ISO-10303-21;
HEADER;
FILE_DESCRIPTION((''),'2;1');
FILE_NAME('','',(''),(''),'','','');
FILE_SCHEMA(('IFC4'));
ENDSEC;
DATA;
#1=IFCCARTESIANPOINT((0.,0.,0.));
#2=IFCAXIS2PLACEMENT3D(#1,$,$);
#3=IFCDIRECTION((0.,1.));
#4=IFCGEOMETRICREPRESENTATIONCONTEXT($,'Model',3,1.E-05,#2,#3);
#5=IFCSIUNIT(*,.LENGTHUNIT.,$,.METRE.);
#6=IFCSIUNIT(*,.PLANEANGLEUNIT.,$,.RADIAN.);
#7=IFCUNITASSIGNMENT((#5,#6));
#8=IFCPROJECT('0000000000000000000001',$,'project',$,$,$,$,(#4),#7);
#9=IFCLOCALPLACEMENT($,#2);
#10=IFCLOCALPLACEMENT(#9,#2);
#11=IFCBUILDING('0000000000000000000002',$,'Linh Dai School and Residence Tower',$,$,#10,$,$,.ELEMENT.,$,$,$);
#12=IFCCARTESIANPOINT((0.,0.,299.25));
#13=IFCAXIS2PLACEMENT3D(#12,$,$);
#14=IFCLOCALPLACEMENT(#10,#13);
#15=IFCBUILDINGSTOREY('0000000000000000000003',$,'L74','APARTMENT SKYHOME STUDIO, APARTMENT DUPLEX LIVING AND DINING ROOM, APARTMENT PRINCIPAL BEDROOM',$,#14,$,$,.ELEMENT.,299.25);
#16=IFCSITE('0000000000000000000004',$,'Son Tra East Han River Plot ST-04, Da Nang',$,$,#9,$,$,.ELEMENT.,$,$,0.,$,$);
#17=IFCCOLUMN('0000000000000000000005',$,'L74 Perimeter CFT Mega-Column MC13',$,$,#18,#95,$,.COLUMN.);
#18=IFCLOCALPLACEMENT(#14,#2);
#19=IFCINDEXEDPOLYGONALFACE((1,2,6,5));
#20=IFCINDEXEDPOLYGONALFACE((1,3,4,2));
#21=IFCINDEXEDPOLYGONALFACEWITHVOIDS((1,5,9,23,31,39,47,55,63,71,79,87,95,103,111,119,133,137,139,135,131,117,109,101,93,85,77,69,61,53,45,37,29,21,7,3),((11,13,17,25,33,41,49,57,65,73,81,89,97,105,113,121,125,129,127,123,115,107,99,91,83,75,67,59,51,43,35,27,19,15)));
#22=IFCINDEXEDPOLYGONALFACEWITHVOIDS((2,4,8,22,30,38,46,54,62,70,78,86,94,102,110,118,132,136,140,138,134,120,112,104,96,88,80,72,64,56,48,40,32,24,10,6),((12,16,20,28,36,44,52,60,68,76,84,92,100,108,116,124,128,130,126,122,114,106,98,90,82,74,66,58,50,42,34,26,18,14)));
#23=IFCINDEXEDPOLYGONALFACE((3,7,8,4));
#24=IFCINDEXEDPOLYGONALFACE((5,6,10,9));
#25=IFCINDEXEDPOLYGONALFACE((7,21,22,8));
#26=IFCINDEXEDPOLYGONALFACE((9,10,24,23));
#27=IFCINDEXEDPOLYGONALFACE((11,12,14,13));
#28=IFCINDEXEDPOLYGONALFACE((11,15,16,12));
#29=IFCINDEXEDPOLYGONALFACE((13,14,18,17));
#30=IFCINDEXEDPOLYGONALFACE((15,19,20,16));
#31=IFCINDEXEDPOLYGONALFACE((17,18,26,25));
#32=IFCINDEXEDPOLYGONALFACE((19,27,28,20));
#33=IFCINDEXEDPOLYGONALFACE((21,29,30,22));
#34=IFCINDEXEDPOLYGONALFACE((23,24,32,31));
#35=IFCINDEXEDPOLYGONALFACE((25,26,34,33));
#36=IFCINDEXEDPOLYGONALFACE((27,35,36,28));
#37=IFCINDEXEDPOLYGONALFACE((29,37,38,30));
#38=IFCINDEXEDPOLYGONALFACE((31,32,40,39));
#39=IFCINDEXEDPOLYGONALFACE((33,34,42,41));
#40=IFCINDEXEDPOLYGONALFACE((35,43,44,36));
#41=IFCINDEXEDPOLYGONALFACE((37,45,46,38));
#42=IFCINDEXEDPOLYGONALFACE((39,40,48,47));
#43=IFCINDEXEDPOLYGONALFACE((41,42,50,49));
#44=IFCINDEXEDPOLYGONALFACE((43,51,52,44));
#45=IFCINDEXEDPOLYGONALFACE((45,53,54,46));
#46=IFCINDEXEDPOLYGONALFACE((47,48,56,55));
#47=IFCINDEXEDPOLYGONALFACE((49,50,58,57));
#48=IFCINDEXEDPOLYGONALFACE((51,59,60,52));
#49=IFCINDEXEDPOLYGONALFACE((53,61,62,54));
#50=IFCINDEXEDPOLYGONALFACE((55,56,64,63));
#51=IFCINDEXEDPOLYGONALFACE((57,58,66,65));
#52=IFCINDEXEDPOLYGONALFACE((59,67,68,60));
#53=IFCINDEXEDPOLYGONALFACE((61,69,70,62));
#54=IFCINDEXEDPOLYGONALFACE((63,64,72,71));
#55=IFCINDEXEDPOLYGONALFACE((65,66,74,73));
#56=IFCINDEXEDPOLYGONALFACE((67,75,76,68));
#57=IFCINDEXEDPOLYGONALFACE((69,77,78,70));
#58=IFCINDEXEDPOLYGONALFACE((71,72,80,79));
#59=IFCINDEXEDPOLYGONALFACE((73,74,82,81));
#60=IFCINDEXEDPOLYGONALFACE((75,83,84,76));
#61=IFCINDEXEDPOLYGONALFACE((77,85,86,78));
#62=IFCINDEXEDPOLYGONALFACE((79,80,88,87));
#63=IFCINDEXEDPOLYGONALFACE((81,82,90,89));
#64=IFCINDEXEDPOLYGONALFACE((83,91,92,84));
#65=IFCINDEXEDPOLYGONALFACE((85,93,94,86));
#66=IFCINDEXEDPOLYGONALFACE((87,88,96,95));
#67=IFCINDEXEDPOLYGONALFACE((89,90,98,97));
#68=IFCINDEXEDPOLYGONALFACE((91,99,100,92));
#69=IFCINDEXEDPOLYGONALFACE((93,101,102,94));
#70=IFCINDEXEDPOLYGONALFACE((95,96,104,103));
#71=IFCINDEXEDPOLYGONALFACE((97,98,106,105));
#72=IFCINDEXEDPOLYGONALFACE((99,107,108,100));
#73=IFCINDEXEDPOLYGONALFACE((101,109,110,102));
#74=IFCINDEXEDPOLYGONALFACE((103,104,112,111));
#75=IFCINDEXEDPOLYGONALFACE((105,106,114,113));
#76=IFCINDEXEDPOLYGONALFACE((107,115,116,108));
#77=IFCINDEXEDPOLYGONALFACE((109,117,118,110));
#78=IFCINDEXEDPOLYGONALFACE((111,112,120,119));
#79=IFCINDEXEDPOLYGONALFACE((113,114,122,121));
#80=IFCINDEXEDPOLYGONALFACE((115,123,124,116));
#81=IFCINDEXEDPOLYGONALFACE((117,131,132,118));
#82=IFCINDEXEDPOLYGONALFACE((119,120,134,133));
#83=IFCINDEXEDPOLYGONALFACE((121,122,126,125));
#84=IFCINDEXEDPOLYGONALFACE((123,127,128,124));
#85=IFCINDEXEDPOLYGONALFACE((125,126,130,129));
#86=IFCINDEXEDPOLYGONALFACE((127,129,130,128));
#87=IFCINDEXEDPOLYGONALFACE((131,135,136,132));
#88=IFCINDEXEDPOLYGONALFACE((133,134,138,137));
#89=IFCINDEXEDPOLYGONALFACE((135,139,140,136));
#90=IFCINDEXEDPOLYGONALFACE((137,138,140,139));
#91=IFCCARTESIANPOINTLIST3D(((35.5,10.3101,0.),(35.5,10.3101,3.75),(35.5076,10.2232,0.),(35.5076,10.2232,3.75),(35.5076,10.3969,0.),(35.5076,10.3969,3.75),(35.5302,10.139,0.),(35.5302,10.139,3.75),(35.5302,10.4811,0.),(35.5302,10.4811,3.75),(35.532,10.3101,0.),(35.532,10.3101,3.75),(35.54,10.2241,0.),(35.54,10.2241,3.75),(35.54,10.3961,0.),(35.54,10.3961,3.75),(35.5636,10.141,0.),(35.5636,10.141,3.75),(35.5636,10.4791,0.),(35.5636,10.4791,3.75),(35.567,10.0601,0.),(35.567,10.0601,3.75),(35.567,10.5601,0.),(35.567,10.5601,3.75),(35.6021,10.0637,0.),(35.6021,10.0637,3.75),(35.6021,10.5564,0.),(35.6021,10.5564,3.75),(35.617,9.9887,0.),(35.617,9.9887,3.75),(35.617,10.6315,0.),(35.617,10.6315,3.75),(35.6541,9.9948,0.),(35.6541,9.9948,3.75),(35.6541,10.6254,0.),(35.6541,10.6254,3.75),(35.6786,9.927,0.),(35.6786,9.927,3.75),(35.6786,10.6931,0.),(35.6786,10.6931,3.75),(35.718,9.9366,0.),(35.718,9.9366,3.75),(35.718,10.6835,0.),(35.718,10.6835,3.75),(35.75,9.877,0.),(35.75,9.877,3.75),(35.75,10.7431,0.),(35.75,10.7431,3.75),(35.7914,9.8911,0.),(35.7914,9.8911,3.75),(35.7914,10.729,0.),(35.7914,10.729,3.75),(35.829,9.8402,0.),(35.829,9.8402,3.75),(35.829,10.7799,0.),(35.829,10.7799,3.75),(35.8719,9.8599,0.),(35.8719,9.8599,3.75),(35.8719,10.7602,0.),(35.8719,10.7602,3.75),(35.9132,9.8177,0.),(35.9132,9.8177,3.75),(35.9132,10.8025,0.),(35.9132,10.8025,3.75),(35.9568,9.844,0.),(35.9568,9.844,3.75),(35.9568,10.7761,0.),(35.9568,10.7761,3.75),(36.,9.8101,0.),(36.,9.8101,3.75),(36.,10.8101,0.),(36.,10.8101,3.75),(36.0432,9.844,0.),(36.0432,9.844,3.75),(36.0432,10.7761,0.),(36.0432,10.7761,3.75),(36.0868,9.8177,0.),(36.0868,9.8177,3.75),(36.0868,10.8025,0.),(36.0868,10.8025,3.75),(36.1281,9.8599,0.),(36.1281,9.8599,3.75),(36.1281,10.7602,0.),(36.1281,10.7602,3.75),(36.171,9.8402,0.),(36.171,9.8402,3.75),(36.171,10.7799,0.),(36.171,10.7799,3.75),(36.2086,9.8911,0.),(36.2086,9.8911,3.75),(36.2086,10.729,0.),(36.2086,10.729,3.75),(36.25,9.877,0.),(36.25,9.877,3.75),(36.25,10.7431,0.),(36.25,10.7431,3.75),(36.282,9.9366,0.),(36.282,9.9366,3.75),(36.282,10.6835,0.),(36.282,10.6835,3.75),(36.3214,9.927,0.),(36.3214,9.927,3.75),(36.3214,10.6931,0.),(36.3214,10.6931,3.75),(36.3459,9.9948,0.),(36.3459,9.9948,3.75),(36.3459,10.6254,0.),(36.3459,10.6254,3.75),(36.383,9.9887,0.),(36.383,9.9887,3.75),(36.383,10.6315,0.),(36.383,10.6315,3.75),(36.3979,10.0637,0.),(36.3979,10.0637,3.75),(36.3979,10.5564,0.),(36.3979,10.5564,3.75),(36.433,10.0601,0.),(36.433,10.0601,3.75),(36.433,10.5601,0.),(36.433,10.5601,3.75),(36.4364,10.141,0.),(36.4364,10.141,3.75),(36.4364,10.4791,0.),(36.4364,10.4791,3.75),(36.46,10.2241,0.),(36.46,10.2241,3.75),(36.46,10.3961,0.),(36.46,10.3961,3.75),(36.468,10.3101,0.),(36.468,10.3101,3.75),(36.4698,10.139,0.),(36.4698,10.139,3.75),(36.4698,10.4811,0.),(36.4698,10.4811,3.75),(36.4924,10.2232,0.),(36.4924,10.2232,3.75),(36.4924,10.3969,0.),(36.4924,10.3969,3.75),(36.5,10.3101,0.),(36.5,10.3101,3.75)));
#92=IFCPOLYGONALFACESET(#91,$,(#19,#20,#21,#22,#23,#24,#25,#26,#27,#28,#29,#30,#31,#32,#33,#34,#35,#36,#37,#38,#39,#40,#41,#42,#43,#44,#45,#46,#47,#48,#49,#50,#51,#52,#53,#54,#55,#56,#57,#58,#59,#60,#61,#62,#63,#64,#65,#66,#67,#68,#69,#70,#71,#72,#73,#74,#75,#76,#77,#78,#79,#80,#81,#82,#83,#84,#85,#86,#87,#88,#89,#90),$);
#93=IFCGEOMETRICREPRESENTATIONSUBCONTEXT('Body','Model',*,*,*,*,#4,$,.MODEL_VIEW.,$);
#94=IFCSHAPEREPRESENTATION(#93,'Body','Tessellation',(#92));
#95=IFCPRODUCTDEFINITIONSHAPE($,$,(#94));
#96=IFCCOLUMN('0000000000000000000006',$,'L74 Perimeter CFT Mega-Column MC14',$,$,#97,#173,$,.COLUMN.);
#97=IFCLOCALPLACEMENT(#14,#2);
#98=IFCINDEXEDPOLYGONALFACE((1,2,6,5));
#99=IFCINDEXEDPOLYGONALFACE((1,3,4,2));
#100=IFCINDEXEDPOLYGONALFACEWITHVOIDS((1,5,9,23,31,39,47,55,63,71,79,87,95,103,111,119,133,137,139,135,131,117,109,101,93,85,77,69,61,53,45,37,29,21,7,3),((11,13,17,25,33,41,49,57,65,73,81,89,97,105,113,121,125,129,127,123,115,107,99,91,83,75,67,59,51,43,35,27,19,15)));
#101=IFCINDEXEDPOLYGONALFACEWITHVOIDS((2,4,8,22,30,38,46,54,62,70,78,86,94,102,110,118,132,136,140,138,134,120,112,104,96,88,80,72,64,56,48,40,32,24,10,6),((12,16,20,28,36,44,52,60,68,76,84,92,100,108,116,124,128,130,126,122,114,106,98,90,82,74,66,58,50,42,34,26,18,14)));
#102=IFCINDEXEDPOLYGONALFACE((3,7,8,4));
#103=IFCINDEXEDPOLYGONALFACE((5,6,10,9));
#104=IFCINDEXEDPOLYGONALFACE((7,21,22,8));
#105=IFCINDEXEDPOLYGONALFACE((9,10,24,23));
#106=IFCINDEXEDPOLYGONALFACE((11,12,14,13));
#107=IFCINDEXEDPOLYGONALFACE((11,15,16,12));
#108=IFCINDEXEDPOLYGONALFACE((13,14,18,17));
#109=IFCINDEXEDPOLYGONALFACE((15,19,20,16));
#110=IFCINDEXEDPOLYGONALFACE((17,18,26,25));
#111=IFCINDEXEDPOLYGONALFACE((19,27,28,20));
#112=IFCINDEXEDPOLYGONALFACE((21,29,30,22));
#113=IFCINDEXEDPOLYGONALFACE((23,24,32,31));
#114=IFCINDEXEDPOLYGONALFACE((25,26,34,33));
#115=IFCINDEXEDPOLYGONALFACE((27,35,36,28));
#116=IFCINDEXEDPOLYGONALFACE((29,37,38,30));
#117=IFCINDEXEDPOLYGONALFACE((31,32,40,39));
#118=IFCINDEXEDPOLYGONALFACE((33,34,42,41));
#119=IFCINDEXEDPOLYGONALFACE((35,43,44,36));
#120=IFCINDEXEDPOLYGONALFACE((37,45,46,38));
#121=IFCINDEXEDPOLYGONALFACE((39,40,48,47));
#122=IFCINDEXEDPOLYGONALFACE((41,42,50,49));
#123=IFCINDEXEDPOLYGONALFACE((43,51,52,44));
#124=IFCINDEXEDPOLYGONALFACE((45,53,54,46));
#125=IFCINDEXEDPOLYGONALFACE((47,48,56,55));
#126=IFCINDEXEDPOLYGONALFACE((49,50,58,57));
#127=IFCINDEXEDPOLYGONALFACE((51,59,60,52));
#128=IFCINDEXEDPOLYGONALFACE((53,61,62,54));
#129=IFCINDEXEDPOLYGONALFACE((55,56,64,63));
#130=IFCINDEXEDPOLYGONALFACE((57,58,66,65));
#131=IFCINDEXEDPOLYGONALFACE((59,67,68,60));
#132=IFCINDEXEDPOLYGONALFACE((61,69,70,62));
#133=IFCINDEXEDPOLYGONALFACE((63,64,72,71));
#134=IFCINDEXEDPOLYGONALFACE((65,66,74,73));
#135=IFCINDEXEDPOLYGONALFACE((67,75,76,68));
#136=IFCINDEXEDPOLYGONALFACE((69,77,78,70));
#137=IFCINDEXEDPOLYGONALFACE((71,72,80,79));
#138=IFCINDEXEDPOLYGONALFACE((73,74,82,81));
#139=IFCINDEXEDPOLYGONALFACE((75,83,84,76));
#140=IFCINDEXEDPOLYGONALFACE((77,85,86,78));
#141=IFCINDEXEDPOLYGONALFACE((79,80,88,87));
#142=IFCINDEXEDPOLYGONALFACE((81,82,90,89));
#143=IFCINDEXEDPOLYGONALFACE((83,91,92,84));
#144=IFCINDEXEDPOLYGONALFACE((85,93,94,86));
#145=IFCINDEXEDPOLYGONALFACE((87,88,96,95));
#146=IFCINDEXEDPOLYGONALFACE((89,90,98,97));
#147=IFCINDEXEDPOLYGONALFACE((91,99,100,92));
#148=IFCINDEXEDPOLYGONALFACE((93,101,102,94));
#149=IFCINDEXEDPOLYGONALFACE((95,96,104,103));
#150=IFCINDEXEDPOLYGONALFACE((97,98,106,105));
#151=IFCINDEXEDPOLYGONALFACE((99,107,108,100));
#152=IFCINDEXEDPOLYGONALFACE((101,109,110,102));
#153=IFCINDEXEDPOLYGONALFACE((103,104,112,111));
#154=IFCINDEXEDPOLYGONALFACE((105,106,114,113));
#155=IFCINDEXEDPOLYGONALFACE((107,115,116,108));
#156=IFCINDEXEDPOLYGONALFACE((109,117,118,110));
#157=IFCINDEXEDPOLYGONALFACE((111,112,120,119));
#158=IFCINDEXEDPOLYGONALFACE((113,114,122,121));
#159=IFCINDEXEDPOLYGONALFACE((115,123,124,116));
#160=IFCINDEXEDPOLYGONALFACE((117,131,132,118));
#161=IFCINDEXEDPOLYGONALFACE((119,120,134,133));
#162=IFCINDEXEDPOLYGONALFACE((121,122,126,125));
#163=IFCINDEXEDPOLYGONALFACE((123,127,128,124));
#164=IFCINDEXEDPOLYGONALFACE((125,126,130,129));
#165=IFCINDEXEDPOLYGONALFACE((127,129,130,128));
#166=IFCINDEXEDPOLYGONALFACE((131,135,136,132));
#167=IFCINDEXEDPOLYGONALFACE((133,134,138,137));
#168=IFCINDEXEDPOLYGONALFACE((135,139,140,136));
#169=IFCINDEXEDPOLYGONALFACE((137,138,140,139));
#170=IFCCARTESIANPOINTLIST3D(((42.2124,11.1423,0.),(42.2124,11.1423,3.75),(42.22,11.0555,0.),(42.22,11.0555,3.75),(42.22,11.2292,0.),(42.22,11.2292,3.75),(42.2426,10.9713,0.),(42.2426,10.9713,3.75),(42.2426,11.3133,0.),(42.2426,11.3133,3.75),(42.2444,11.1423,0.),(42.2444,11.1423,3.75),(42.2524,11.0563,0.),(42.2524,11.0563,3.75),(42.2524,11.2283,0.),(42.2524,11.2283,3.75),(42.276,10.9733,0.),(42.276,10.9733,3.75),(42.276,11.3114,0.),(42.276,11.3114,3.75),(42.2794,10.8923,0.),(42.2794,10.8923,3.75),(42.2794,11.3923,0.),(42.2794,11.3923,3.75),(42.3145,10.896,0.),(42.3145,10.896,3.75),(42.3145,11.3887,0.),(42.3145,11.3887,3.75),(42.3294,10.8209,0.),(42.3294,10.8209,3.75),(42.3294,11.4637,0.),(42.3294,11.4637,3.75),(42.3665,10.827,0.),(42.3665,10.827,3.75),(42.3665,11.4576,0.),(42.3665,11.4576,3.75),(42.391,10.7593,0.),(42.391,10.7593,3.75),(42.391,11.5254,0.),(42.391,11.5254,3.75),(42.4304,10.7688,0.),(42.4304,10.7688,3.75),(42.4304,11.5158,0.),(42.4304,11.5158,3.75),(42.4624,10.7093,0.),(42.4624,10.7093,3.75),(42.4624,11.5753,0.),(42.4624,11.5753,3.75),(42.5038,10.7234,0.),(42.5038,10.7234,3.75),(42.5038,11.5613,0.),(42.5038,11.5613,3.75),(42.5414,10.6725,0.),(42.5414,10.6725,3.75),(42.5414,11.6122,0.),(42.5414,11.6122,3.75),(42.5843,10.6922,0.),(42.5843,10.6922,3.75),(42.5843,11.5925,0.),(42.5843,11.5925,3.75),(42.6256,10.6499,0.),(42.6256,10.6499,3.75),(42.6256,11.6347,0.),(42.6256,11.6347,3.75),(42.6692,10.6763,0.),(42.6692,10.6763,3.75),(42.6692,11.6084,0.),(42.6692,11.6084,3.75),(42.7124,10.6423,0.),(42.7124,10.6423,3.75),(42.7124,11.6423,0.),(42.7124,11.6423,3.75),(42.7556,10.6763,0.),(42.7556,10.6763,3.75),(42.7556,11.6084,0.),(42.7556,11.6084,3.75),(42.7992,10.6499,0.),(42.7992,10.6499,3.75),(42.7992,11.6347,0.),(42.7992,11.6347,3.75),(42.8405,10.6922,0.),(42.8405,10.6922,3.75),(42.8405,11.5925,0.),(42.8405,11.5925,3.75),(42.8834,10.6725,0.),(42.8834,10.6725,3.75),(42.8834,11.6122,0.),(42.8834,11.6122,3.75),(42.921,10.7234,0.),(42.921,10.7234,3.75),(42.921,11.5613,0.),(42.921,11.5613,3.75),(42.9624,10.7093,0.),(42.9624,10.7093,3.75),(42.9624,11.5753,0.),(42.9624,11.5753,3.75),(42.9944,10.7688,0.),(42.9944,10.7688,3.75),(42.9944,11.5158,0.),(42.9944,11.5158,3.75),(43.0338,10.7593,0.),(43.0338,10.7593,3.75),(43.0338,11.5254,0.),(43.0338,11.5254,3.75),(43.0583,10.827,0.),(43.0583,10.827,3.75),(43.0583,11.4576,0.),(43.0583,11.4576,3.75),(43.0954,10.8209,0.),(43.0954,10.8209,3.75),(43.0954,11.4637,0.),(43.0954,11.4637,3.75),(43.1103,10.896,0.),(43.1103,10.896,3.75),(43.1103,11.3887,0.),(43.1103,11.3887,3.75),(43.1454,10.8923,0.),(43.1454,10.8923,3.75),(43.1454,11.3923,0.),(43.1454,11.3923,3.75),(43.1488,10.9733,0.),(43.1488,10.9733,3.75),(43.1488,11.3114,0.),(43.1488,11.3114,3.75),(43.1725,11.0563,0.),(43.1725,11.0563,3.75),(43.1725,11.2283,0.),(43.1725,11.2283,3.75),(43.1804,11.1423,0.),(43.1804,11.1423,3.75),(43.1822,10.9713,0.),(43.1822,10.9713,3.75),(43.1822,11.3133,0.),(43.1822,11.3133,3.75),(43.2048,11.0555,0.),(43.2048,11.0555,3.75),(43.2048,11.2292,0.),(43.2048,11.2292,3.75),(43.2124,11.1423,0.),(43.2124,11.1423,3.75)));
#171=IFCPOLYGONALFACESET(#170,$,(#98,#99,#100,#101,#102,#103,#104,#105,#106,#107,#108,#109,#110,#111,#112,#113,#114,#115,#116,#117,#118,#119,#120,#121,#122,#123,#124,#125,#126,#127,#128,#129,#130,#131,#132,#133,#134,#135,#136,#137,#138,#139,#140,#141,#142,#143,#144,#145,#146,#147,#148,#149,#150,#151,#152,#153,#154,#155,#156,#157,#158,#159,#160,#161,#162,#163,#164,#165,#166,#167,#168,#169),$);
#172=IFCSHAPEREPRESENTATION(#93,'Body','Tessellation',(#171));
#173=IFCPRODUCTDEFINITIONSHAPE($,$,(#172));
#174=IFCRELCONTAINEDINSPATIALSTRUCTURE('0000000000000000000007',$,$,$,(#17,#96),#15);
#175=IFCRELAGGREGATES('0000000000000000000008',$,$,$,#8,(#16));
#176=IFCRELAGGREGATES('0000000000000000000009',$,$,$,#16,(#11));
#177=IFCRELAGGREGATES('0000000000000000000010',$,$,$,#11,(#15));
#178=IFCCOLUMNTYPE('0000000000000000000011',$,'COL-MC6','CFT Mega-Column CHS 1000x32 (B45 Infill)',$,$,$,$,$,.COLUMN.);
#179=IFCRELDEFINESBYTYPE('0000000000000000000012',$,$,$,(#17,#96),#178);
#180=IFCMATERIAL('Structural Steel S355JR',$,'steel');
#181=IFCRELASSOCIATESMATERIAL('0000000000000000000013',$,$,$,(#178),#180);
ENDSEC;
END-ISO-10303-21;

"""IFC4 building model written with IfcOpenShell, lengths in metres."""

from ifc_helpers import new_model, si_unit, direction, frame, origin, origin_2d, place, context, subcontext, project, spatial, hollow_circle, extrude, material, material_profile, profile_set, type_object, element, save


model = new_model("IFC4")

# Units and contexts
model_context = context("Model", 3, precision=1e-05, world=origin(), true_north=direction((0.0, 1.0)))
body_context = subcontext(model_context, "Body", "Model", "MODEL_VIEW")
ifc_project = project(units=[si_unit("LENGTHUNIT", "METRE"), si_unit("PLANEANGLEUNIT", "RADIAN")], contexts=[model_context])

# Site, building, storey
site_placement = place(None, origin())
site = spatial("IfcSite", under=ifc_project, at=site_placement, Name="Son Tra East Han River Plot ST-04, Da Nang", CompositionType="ELEMENT", RefElevation=0.0)
building_placement = place(site_placement, origin())
building = spatial("IfcBuilding", under=site, at=building_placement, Name="Linh Dai School and Residence Tower", CompositionType="ELEMENT")
storey_placement = place(building_placement, frame((0.0, 0.0, 299.25)))
storey = spatial("IfcBuildingStorey", under=building, at=storey_placement, Name="L74", Description="APARTMENT SKYHOME STUDIO, APARTMENT DUPLEX LIVING AND DINING ROOM, APARTMENT PRINCIPAL BEDROOM", CompositionType="ELEMENT", Elevation=299.25)

# Columns
ifc_material_1 = material(Name="Structural Steel S355JR", Category="steel")
ifc_material_profile_1 = material_profile(ifc_material_1, hollow_circle(Radius=0.5, WallThickness=0.032, at=origin_2d()), Name="CHS 1000x32")
ifc_profile_set_1 = profile_set([ifc_material_profile_1], Name="Structural Steel S355JR")
column_type = type_object("IfcColumnType", Name="COL-MC6", Description="CFT Mega-Column CHS 1000x32 (B45 Infill)", PredefinedType="COLUMN", material=ifc_profile_set_1)
for number, where, z_axis, x_axis, name in (
    (1, (36.0, 10.3101, 0.0), (0.0, 0.0, 1.0), (1.0, 0.0, 0.0), "L74 Perimeter CFT Mega-Column MC13"),
    (2, (42.7124, 11.1423, 0.0), (0.0, 0.0, 1.0), (1.0, 0.0, 0.0), "L74 Perimeter CFT Mega-Column MC14"),
):
    element("IfcColumn", number, at=place(storey_placement, frame(where, z_axis=z_axis, x_axis=x_axis)), inside=storey, type_object=column_type, Name=name, PredefinedType="COLUMN", context=body_context, shape_type="SweptSolid", body=[
        extrude(hollow_circle(Radius=0.5, WallThickness=0.032, at=origin_2d()), origin(), (0.0, 0.0, 1.0), 3.75),
    ])

save(model, "model.ifc")
